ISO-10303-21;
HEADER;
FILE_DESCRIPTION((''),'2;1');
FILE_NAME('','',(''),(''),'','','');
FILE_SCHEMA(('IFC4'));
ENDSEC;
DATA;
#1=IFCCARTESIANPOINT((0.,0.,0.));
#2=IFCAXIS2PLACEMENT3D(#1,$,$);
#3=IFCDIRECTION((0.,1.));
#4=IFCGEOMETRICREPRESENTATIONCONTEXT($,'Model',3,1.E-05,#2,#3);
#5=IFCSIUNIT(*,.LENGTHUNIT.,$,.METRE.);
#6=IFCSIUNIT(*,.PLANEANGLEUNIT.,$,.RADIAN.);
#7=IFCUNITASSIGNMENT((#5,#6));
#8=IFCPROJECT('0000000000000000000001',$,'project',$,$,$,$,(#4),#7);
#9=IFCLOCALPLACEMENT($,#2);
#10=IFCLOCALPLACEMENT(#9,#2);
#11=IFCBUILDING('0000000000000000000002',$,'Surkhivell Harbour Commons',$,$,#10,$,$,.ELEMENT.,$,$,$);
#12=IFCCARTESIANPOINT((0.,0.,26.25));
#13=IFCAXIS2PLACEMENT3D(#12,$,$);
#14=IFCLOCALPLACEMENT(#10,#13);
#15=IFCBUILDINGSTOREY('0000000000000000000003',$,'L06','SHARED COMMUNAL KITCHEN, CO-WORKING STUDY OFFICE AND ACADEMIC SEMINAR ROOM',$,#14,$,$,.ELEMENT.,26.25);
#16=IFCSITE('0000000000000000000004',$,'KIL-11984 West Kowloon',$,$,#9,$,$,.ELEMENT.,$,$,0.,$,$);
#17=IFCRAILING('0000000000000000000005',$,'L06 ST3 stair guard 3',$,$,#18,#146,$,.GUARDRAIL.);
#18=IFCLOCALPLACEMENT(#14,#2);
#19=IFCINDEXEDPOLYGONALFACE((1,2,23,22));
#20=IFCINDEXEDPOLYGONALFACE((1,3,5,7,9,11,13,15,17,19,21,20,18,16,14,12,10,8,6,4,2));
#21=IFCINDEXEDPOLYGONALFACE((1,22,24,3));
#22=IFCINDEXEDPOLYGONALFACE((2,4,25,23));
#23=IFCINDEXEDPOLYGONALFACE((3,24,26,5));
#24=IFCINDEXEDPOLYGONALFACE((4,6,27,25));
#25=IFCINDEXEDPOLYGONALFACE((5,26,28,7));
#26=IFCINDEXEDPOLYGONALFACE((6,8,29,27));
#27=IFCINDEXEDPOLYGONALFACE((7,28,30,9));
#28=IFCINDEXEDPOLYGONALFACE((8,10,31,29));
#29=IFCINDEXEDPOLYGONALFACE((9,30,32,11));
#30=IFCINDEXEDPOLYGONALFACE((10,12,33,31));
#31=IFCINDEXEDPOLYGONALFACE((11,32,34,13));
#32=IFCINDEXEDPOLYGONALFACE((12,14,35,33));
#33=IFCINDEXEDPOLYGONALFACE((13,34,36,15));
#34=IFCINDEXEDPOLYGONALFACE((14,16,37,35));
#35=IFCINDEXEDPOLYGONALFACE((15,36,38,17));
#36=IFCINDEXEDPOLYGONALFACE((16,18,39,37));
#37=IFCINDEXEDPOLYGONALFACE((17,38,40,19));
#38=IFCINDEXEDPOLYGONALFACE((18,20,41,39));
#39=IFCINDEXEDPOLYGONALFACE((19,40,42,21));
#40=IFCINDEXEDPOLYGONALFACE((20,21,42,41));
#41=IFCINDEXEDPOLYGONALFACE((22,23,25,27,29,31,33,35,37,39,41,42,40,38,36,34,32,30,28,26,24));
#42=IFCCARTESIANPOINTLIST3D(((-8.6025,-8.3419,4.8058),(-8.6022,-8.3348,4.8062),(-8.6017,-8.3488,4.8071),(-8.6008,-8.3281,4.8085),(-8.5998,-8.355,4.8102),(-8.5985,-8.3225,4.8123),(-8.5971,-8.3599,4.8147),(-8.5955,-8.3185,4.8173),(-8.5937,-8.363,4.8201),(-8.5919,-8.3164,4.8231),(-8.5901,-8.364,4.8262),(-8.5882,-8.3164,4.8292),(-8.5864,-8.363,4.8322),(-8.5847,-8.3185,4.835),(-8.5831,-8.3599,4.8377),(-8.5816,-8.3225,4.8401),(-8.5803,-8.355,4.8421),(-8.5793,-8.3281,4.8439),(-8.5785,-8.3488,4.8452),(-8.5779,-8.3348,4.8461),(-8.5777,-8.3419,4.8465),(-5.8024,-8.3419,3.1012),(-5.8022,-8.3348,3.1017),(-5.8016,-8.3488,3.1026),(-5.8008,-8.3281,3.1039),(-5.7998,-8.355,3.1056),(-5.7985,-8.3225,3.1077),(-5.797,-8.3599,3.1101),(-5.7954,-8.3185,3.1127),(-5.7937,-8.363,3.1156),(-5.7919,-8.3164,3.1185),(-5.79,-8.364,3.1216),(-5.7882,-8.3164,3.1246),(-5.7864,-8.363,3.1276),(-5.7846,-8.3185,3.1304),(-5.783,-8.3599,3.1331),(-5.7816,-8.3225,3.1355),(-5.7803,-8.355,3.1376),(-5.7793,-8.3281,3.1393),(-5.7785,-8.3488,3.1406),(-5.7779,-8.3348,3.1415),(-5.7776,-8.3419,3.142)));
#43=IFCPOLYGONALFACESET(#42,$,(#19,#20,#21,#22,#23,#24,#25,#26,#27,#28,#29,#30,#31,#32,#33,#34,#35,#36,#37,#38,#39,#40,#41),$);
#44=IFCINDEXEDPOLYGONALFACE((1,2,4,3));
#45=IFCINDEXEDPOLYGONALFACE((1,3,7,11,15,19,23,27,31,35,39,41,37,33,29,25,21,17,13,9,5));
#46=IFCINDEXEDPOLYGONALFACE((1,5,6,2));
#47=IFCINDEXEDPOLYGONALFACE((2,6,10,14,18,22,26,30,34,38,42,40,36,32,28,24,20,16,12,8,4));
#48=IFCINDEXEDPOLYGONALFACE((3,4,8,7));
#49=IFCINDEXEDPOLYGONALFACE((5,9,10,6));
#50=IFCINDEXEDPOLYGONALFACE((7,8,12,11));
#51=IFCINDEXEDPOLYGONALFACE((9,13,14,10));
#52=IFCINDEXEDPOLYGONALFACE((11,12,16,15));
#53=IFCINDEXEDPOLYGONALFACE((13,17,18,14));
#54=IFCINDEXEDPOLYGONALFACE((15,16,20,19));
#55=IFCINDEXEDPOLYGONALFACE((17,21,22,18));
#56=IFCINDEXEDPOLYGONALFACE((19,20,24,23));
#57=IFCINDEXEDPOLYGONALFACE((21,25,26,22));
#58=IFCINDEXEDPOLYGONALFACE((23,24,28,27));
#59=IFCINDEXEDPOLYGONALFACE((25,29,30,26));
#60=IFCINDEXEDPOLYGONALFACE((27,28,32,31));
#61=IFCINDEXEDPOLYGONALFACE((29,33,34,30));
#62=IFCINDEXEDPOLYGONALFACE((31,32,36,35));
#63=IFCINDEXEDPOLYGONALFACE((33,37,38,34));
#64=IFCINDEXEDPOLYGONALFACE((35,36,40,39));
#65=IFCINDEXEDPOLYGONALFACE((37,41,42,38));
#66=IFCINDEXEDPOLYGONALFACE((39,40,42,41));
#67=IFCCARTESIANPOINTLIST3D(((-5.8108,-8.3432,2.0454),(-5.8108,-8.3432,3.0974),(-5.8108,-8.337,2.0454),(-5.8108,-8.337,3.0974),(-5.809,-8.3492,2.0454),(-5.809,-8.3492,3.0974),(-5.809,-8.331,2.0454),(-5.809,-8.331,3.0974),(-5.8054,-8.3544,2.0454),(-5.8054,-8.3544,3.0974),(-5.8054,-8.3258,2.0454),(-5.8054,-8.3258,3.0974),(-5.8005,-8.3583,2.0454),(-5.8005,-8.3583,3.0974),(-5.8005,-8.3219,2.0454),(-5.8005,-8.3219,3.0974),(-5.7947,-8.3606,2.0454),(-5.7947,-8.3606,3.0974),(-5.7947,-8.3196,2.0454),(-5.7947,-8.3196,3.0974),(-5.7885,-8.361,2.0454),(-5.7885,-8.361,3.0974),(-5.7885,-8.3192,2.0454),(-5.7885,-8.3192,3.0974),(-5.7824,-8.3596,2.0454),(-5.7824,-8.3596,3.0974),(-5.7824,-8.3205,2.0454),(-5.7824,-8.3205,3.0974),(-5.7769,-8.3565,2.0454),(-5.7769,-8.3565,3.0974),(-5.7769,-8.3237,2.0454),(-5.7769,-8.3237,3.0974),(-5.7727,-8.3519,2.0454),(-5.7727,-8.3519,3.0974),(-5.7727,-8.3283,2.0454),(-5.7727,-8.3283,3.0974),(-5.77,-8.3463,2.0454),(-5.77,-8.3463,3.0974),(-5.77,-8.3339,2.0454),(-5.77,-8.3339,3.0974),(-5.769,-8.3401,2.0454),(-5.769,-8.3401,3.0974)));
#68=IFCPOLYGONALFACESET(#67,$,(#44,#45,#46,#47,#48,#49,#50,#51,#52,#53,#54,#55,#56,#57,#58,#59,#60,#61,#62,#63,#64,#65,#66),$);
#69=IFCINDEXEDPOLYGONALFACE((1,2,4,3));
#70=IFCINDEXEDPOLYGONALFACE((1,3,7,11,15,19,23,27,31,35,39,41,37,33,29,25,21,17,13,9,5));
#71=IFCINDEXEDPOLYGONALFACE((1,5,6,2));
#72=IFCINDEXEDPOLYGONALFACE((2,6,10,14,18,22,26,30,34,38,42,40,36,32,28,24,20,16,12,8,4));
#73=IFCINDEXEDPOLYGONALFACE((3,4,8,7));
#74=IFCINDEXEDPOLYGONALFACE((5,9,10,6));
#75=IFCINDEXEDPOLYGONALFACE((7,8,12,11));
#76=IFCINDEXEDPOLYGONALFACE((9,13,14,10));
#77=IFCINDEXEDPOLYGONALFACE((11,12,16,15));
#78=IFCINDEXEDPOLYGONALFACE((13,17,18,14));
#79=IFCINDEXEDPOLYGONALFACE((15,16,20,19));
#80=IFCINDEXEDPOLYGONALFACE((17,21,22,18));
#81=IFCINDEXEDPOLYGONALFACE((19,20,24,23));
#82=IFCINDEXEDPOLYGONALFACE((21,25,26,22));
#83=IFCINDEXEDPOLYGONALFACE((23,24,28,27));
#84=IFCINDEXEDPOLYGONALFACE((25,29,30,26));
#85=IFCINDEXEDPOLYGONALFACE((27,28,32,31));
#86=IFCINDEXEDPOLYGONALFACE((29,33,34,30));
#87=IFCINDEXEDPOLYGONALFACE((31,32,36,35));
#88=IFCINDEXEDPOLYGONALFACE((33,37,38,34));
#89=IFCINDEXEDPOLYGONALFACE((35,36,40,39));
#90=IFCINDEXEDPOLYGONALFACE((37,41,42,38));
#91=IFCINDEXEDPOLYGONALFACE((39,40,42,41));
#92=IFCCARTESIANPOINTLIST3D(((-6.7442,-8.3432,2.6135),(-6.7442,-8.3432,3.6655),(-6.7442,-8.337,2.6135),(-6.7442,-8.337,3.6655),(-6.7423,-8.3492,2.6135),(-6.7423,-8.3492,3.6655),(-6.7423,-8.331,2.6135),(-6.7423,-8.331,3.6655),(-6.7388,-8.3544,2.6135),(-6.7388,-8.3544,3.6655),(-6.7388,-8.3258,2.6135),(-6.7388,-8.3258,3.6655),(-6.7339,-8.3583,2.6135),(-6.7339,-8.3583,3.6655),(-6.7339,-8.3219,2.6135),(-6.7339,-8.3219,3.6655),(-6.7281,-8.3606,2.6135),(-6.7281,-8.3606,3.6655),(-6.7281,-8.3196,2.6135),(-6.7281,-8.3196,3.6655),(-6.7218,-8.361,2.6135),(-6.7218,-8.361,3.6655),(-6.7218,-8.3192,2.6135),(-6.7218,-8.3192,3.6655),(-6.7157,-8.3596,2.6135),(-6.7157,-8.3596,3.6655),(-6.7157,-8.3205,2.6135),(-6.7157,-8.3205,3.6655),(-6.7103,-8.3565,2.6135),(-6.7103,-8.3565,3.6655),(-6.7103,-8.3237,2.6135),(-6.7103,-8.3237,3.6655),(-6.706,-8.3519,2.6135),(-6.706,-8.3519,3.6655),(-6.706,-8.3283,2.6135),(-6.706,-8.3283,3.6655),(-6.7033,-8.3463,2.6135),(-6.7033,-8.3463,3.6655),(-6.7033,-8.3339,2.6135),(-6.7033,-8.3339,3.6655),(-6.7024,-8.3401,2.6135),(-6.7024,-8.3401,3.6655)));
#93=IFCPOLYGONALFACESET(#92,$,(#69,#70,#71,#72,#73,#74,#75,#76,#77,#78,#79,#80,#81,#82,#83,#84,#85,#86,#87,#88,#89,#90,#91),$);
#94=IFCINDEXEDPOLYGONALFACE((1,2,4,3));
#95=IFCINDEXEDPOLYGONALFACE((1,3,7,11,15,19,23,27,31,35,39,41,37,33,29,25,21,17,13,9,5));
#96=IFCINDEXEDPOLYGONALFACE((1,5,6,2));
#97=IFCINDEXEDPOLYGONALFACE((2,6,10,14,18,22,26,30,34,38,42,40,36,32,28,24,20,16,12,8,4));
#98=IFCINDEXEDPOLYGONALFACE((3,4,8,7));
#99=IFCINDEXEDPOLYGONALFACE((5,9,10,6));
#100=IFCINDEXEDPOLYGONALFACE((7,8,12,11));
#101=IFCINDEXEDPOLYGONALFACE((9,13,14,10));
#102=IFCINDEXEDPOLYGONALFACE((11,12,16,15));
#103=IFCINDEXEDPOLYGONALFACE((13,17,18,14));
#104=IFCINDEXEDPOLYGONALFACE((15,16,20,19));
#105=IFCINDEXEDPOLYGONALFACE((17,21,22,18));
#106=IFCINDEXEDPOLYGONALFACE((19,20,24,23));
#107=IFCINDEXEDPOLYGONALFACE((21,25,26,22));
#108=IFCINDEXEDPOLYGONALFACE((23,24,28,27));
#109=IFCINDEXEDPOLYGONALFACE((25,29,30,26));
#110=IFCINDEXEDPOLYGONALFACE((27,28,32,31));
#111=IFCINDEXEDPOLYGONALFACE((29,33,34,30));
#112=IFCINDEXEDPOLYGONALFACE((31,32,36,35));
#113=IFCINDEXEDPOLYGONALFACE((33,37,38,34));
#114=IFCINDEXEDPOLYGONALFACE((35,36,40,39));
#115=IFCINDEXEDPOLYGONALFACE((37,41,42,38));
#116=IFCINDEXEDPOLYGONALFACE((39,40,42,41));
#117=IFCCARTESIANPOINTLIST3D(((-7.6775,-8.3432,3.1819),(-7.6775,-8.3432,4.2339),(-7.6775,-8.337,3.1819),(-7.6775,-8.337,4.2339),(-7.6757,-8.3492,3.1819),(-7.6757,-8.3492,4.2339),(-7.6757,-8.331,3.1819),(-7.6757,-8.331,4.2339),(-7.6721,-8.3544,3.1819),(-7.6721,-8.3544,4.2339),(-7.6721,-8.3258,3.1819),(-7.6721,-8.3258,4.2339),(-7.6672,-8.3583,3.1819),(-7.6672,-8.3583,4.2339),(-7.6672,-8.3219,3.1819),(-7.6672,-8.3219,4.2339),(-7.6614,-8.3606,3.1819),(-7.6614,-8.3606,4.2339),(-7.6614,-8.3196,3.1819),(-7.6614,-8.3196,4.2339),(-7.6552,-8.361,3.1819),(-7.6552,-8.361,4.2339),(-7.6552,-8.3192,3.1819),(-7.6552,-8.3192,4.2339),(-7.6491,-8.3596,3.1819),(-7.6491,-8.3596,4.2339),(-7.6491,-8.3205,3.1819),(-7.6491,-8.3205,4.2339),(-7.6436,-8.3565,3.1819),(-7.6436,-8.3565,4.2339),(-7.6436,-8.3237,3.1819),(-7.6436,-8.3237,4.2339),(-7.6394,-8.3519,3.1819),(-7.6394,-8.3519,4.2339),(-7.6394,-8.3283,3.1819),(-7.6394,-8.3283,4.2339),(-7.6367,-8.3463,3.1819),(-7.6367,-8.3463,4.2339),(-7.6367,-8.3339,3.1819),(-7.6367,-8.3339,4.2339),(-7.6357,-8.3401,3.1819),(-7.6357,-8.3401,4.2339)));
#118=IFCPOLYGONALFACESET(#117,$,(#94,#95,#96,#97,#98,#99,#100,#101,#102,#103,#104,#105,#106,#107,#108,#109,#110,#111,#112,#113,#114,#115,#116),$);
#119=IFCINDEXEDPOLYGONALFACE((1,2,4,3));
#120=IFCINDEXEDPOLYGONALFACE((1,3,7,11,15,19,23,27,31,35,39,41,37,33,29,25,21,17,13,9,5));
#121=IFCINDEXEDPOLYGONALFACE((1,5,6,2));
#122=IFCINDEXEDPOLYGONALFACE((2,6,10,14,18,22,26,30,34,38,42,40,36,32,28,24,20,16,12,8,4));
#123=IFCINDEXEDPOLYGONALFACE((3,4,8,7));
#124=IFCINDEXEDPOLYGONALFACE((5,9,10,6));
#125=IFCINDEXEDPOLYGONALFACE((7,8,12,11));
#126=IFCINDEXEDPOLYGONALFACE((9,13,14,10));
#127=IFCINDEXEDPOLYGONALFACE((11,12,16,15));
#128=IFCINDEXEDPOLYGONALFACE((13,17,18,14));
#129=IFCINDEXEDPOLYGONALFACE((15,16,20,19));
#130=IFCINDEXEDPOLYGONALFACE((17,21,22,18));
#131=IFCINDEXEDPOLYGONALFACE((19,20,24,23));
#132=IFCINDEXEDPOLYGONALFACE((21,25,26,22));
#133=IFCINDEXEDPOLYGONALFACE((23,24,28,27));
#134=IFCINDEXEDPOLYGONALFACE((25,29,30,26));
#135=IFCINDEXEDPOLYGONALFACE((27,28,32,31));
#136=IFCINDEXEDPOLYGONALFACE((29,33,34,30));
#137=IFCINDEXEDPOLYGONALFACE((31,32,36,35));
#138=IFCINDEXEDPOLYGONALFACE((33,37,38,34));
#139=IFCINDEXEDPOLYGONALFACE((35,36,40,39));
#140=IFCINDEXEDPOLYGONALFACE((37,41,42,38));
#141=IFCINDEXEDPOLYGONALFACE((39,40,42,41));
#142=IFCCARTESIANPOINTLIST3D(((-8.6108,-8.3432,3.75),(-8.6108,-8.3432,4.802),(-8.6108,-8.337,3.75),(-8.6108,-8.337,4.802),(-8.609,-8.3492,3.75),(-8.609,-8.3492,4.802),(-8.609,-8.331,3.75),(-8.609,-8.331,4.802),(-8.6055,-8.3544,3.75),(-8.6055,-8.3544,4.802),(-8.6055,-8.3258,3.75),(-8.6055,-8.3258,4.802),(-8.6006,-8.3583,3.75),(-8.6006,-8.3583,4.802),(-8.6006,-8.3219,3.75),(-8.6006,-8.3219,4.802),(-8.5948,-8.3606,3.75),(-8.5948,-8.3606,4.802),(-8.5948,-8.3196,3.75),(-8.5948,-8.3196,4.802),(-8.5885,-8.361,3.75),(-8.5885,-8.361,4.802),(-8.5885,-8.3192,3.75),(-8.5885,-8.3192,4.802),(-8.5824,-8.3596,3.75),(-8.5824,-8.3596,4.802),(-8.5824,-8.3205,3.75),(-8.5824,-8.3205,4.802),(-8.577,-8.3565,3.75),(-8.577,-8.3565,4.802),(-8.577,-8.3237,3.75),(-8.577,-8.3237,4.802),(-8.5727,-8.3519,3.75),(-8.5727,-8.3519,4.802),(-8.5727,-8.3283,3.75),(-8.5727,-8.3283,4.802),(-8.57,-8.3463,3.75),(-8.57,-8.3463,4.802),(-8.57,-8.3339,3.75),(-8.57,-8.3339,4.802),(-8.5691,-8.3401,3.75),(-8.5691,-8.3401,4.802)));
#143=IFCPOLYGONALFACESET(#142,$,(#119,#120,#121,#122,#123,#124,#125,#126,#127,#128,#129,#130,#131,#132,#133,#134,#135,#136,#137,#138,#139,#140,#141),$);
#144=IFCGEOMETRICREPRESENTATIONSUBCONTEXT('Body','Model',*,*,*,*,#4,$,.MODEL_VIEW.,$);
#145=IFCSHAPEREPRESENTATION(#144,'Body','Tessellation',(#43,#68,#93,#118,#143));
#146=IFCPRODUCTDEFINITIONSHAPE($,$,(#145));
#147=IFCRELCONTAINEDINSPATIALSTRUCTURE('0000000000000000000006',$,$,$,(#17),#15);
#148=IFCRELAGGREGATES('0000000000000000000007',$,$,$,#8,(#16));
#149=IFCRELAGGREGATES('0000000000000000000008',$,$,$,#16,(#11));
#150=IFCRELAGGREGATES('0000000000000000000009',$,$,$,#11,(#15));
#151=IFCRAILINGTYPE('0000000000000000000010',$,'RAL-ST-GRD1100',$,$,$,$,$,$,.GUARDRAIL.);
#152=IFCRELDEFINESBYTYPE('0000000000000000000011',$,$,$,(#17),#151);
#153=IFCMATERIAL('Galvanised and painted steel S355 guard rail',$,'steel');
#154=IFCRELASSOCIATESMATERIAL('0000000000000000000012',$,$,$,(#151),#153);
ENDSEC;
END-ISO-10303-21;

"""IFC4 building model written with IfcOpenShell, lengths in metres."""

from ifc_helpers import new_model, si_unit, direction, frame, origin, origin_2d, place, context, subcontext, project, spatial, circle, extrude, material, type_object, element, save


model = new_model("IFC4")

# Units and contexts
model_context = context("Model", 3, precision=1e-05, world=origin(), true_north=direction((0.0, 1.0)))
body_context = subcontext(model_context, "Body", "Model", "MODEL_VIEW")
ifc_project = project(units=[si_unit("LENGTHUNIT", "METRE"), si_unit("PLANEANGLEUNIT", "RADIAN")], contexts=[model_context])

# Site, building, storey
site_placement = place(None, origin())
site = spatial("IfcSite", under=ifc_project, at=site_placement, Name="KIL-11984 West Kowloon", CompositionType="ELEMENT", RefElevation=0.0)
building_placement = place(site_placement, origin())
building = spatial("IfcBuilding", under=site, at=building_placement, Name="Surkhivell Harbour Commons", CompositionType="ELEMENT")
storey_placement = place(building_placement, frame((0.0, 0.0, 26.25)))
storey = spatial("IfcBuildingStorey", under=building, at=storey_placement, Name="L06", Description="SHARED COMMUNAL KITCHEN, CO-WORKING STUDY OFFICE AND ACADEMIC SEMINAR ROOM", CompositionType="ELEMENT", Elevation=26.25)

# Railing
ifc_material_1 = material(Name="Galvanised and painted steel S355 guard rail", Category="steel")
railing_type_1 = type_object("IfcRailingType", Name="RAL-ST-GRD1100", PredefinedType="GUARDRAIL", material=ifc_material_1)
railing_1_placement = place(storey_placement, frame((-5.79, -8.3401, 2.0454)))
element("IfcRailing", 1, at=railing_1_placement, inside=storey, type_object=railing_type_1, Name="L06 ST3 stair guard 3", PredefinedType="GUARDRAIL", context=body_context, shape_type="SweptSolid", body=[
    extrude(circle(Radius=0.0239, at=origin_2d()), frame((0.0, 0.0, 1.0762), z_axis=(-0.85417, 0.0, 0.519994), x_axis=(0.0, -1.0, 0.0)), (0.0, 0.0, 1.0), 3.2781),
    extrude(circle(Radius=0.021, at=origin_2d()), origin(), (0.0, 0.0, 1.0), 1.052),
    extrude(circle(Radius=0.021, at=origin_2d()), frame((-0.9333, 0.0, 0.5681)), (0.0, 0.0, 1.0), 1.052),
    extrude(circle(Radius=0.021, at=origin_2d()), frame((-1.8667, 0.0, 1.1365)), (0.0, 0.0, 1.0), 1.052),
    extrude(circle(Radius=0.021, at=origin_2d()), frame((-2.8, 0.0, 1.7046)), (0.0, 0.0, 1.0), 1.052),
])

save(model, "model.ifc")
